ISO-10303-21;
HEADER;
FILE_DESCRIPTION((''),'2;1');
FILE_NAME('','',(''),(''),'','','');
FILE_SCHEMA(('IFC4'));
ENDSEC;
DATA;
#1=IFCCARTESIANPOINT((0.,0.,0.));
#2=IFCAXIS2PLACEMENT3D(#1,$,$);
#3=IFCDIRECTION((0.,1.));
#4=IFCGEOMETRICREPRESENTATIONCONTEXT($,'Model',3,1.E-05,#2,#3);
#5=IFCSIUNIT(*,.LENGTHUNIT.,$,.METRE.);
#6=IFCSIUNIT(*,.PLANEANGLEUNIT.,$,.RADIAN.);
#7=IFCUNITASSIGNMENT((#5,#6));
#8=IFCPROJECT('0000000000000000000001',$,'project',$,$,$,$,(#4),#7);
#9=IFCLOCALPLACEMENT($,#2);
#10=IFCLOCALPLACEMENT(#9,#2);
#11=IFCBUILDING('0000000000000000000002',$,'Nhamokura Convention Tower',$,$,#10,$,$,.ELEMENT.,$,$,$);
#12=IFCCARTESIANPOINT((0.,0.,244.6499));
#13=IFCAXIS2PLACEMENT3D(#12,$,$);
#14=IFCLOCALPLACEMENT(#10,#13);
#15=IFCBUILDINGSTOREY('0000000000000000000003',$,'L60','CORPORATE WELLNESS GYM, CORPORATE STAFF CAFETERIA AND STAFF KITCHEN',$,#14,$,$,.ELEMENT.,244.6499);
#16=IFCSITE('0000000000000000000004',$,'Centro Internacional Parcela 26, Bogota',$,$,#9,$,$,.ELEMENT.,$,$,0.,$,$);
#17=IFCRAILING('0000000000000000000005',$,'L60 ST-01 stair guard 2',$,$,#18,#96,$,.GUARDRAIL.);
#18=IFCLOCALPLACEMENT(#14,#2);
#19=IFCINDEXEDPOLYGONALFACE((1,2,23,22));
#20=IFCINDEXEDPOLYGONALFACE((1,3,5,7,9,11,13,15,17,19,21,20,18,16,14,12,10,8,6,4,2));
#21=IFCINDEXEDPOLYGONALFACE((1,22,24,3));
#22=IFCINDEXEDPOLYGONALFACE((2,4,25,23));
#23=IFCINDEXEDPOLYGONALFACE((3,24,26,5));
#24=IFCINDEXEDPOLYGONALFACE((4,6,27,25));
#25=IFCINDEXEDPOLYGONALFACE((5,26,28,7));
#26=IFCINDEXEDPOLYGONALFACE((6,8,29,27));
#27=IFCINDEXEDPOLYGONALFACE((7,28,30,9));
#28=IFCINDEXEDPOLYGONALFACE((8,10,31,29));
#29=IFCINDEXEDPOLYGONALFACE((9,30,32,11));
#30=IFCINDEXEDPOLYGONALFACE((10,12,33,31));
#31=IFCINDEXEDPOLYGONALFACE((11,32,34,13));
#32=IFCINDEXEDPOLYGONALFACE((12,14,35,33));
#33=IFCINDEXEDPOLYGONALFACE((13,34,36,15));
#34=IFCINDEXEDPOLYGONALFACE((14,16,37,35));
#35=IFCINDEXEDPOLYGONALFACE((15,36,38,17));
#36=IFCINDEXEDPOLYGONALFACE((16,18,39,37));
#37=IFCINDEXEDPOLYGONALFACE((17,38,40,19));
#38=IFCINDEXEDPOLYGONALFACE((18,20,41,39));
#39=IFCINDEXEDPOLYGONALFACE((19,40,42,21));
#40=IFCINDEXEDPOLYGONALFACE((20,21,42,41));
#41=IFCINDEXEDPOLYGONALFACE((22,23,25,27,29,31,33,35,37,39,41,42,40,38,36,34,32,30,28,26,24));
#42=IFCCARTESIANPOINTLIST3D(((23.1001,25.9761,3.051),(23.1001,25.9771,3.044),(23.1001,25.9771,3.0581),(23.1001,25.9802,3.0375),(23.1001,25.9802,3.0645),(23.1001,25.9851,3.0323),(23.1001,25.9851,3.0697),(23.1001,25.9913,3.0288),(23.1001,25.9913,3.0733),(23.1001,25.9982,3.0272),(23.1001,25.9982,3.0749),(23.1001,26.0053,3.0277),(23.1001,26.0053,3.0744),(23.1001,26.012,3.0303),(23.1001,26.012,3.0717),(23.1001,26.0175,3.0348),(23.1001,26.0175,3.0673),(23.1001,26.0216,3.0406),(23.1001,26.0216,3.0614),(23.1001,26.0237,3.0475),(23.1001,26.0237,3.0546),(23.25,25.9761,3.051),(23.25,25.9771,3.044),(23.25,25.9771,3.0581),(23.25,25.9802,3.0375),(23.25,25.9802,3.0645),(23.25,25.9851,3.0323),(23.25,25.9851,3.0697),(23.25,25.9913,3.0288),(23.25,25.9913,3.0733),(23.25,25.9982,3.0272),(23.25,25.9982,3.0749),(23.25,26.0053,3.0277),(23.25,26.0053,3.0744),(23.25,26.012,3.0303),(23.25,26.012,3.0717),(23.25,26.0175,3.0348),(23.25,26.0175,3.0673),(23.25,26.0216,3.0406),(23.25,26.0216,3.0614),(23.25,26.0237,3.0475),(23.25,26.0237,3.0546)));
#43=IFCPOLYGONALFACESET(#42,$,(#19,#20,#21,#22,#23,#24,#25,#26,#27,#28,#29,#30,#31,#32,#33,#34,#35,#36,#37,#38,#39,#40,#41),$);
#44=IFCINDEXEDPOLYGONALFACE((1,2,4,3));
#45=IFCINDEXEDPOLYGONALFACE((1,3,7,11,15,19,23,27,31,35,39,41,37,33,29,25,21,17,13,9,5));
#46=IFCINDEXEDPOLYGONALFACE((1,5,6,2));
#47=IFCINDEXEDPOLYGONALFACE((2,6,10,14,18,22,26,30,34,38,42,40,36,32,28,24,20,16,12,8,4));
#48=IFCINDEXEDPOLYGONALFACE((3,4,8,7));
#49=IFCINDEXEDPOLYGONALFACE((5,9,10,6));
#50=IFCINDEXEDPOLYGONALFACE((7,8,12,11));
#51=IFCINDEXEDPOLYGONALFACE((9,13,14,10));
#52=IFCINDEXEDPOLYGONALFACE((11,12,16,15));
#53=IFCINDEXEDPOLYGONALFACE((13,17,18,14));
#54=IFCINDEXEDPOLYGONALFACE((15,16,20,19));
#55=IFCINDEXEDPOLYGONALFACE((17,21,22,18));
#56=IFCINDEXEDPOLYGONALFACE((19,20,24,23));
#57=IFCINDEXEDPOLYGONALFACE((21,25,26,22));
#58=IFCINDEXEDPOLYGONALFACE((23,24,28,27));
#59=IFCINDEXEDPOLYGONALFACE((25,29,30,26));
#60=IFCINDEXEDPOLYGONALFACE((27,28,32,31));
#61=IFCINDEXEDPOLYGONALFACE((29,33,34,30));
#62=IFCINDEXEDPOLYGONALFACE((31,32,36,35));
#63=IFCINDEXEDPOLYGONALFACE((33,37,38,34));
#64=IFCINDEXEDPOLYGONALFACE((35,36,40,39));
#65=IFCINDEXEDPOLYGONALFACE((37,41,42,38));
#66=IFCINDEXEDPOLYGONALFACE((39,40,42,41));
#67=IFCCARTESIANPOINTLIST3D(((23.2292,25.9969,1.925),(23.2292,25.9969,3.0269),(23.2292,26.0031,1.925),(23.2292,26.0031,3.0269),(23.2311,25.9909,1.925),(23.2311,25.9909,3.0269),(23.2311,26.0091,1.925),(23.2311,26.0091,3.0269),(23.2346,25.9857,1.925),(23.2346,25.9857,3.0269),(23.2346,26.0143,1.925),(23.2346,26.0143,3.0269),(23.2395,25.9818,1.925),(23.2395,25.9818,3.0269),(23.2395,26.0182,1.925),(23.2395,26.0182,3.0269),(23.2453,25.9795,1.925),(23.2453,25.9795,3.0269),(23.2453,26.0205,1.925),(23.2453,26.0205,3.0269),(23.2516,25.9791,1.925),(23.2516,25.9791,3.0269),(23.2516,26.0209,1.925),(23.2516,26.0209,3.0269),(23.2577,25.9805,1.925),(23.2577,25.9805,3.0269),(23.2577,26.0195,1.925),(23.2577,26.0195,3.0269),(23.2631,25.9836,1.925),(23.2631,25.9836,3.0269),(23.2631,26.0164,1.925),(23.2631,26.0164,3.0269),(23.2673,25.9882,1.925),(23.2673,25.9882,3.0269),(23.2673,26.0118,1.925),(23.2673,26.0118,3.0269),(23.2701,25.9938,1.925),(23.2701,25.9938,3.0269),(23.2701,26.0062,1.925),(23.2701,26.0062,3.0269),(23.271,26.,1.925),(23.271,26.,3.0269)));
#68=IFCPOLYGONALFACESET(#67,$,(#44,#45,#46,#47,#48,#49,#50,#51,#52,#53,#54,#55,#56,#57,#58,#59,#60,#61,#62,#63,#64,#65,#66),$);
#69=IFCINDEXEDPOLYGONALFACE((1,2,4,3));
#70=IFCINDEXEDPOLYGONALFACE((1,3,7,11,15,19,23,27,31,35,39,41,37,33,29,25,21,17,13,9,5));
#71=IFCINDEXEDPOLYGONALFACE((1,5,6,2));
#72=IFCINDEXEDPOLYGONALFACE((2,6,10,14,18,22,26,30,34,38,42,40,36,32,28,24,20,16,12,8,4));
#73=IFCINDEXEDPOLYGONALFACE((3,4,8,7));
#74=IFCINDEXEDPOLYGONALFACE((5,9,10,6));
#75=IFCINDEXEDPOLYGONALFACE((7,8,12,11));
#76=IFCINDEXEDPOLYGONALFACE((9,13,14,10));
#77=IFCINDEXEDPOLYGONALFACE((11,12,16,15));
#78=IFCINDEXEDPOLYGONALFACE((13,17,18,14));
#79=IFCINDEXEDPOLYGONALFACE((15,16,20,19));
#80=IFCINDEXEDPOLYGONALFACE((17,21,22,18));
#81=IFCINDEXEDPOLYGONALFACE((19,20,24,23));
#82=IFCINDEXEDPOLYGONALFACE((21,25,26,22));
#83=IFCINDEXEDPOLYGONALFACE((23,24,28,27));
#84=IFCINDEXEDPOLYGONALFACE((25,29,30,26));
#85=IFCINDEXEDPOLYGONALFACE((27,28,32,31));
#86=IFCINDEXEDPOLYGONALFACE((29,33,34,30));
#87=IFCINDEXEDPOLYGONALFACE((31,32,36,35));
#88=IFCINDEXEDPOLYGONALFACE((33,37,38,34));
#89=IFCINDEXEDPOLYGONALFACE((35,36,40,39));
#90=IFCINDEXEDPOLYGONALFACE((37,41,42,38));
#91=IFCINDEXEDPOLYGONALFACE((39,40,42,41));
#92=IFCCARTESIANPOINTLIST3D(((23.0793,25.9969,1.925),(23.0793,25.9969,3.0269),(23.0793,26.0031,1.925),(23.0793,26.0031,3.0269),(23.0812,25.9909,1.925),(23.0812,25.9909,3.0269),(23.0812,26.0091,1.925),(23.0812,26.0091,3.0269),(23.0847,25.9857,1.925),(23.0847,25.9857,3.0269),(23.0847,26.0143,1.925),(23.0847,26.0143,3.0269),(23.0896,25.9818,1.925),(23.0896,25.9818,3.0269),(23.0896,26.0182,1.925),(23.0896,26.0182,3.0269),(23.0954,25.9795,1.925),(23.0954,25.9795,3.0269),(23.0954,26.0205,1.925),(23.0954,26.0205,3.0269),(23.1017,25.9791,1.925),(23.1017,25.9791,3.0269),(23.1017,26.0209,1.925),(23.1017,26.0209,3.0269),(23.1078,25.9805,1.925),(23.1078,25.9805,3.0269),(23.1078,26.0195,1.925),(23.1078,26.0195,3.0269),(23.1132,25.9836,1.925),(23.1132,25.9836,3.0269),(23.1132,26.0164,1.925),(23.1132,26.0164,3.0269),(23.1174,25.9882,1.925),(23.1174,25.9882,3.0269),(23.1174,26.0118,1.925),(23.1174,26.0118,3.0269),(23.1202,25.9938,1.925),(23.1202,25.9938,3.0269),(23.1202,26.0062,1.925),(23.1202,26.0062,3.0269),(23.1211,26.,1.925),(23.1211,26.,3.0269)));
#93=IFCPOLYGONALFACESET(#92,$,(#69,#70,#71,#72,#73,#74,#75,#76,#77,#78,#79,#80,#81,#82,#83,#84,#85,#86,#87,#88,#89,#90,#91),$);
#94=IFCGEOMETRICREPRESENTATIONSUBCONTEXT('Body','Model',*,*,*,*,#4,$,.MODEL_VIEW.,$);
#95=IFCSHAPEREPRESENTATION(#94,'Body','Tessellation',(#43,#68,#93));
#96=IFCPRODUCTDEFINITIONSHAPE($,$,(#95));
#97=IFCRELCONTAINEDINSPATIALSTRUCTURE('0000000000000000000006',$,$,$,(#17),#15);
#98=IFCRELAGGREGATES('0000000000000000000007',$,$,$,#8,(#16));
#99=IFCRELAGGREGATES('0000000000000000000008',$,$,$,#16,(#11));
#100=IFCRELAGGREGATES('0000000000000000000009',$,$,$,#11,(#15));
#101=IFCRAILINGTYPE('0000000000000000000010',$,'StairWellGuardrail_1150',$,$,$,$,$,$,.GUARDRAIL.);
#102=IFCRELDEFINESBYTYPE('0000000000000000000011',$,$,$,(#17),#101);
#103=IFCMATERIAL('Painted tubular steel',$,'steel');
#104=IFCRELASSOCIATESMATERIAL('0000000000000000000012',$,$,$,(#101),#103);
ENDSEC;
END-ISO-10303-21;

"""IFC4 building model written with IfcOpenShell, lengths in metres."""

from ifc_helpers import new_model, si_unit, direction, frame, origin, origin_2d, place, context, subcontext, project, spatial, circle, extrude, material, type_object, element, save


model = new_model("IFC4")

# Units and contexts
model_context = context("Model", 3, precision=1e-05, world=origin(), true_north=direction((0.0, 1.0)))
body_context = subcontext(model_context, "Body", "Model", "MODEL_VIEW")
ifc_project = project(units=[si_unit("LENGTHUNIT", "METRE"), si_unit("PLANEANGLEUNIT", "RADIAN")], contexts=[model_context])

# Site, building, storey
site_placement = place(None, origin())
site = spatial("IfcSite", under=ifc_project, at=site_placement, Name="Centro Internacional Parcela 26, Bogota", CompositionType="ELEMENT", RefElevation=0.0)
building_placement = place(site_placement, origin())
building = spatial("IfcBuilding", under=site, at=building_placement, Name="Nhamokura Convention Tower", CompositionType="ELEMENT")
storey_placement = place(building_placement, frame((0.0, 0.0, 244.6499)))
storey = spatial("IfcBuildingStorey", under=building, at=storey_placement, Name="L60", Description="CORPORATE WELLNESS GYM, CORPORATE STAFF CAFETERIA AND STAFF KITCHEN", CompositionType="ELEMENT", Elevation=244.6499)

# Railing
ifc_material_1 = material(Name="Painted tubular steel", Category="steel")
railing_type_1 = type_object("IfcRailingType", Name="StairWellGuardrail_1150", PredefinedType="GUARDRAIL", material=ifc_material_1)
railing_1_placement = place(storey_placement, frame((23.25, 26.0, 1.925)))
element("IfcRailing", 1, at=railing_1_placement, inside=storey, type_object=railing_type_1, Name="L60 ST-01 stair guard 2", PredefinedType="GUARDRAIL", context=body_context, shape_type="SweptSolid", body=[
    extrude(circle(Radius=0.0239, at=origin_2d()), frame((0.0, 0.0, 1.126), z_axis=(-1.0, 0.0, 0.0), x_axis=(0.0, -1.0, 0.0)), (0.0, 0.0, 1.0), 0.1499),
    extrude(circle(Radius=0.021, at=origin_2d()), origin(), (0.0, 0.0, 1.0), 1.1018),
    extrude(circle(Radius=0.021, at=origin_2d()), frame((-0.1499, 0.0, 0.0)), (0.0, 0.0, 1.0), 1.1018),
])

save(model, "model.ifc")
